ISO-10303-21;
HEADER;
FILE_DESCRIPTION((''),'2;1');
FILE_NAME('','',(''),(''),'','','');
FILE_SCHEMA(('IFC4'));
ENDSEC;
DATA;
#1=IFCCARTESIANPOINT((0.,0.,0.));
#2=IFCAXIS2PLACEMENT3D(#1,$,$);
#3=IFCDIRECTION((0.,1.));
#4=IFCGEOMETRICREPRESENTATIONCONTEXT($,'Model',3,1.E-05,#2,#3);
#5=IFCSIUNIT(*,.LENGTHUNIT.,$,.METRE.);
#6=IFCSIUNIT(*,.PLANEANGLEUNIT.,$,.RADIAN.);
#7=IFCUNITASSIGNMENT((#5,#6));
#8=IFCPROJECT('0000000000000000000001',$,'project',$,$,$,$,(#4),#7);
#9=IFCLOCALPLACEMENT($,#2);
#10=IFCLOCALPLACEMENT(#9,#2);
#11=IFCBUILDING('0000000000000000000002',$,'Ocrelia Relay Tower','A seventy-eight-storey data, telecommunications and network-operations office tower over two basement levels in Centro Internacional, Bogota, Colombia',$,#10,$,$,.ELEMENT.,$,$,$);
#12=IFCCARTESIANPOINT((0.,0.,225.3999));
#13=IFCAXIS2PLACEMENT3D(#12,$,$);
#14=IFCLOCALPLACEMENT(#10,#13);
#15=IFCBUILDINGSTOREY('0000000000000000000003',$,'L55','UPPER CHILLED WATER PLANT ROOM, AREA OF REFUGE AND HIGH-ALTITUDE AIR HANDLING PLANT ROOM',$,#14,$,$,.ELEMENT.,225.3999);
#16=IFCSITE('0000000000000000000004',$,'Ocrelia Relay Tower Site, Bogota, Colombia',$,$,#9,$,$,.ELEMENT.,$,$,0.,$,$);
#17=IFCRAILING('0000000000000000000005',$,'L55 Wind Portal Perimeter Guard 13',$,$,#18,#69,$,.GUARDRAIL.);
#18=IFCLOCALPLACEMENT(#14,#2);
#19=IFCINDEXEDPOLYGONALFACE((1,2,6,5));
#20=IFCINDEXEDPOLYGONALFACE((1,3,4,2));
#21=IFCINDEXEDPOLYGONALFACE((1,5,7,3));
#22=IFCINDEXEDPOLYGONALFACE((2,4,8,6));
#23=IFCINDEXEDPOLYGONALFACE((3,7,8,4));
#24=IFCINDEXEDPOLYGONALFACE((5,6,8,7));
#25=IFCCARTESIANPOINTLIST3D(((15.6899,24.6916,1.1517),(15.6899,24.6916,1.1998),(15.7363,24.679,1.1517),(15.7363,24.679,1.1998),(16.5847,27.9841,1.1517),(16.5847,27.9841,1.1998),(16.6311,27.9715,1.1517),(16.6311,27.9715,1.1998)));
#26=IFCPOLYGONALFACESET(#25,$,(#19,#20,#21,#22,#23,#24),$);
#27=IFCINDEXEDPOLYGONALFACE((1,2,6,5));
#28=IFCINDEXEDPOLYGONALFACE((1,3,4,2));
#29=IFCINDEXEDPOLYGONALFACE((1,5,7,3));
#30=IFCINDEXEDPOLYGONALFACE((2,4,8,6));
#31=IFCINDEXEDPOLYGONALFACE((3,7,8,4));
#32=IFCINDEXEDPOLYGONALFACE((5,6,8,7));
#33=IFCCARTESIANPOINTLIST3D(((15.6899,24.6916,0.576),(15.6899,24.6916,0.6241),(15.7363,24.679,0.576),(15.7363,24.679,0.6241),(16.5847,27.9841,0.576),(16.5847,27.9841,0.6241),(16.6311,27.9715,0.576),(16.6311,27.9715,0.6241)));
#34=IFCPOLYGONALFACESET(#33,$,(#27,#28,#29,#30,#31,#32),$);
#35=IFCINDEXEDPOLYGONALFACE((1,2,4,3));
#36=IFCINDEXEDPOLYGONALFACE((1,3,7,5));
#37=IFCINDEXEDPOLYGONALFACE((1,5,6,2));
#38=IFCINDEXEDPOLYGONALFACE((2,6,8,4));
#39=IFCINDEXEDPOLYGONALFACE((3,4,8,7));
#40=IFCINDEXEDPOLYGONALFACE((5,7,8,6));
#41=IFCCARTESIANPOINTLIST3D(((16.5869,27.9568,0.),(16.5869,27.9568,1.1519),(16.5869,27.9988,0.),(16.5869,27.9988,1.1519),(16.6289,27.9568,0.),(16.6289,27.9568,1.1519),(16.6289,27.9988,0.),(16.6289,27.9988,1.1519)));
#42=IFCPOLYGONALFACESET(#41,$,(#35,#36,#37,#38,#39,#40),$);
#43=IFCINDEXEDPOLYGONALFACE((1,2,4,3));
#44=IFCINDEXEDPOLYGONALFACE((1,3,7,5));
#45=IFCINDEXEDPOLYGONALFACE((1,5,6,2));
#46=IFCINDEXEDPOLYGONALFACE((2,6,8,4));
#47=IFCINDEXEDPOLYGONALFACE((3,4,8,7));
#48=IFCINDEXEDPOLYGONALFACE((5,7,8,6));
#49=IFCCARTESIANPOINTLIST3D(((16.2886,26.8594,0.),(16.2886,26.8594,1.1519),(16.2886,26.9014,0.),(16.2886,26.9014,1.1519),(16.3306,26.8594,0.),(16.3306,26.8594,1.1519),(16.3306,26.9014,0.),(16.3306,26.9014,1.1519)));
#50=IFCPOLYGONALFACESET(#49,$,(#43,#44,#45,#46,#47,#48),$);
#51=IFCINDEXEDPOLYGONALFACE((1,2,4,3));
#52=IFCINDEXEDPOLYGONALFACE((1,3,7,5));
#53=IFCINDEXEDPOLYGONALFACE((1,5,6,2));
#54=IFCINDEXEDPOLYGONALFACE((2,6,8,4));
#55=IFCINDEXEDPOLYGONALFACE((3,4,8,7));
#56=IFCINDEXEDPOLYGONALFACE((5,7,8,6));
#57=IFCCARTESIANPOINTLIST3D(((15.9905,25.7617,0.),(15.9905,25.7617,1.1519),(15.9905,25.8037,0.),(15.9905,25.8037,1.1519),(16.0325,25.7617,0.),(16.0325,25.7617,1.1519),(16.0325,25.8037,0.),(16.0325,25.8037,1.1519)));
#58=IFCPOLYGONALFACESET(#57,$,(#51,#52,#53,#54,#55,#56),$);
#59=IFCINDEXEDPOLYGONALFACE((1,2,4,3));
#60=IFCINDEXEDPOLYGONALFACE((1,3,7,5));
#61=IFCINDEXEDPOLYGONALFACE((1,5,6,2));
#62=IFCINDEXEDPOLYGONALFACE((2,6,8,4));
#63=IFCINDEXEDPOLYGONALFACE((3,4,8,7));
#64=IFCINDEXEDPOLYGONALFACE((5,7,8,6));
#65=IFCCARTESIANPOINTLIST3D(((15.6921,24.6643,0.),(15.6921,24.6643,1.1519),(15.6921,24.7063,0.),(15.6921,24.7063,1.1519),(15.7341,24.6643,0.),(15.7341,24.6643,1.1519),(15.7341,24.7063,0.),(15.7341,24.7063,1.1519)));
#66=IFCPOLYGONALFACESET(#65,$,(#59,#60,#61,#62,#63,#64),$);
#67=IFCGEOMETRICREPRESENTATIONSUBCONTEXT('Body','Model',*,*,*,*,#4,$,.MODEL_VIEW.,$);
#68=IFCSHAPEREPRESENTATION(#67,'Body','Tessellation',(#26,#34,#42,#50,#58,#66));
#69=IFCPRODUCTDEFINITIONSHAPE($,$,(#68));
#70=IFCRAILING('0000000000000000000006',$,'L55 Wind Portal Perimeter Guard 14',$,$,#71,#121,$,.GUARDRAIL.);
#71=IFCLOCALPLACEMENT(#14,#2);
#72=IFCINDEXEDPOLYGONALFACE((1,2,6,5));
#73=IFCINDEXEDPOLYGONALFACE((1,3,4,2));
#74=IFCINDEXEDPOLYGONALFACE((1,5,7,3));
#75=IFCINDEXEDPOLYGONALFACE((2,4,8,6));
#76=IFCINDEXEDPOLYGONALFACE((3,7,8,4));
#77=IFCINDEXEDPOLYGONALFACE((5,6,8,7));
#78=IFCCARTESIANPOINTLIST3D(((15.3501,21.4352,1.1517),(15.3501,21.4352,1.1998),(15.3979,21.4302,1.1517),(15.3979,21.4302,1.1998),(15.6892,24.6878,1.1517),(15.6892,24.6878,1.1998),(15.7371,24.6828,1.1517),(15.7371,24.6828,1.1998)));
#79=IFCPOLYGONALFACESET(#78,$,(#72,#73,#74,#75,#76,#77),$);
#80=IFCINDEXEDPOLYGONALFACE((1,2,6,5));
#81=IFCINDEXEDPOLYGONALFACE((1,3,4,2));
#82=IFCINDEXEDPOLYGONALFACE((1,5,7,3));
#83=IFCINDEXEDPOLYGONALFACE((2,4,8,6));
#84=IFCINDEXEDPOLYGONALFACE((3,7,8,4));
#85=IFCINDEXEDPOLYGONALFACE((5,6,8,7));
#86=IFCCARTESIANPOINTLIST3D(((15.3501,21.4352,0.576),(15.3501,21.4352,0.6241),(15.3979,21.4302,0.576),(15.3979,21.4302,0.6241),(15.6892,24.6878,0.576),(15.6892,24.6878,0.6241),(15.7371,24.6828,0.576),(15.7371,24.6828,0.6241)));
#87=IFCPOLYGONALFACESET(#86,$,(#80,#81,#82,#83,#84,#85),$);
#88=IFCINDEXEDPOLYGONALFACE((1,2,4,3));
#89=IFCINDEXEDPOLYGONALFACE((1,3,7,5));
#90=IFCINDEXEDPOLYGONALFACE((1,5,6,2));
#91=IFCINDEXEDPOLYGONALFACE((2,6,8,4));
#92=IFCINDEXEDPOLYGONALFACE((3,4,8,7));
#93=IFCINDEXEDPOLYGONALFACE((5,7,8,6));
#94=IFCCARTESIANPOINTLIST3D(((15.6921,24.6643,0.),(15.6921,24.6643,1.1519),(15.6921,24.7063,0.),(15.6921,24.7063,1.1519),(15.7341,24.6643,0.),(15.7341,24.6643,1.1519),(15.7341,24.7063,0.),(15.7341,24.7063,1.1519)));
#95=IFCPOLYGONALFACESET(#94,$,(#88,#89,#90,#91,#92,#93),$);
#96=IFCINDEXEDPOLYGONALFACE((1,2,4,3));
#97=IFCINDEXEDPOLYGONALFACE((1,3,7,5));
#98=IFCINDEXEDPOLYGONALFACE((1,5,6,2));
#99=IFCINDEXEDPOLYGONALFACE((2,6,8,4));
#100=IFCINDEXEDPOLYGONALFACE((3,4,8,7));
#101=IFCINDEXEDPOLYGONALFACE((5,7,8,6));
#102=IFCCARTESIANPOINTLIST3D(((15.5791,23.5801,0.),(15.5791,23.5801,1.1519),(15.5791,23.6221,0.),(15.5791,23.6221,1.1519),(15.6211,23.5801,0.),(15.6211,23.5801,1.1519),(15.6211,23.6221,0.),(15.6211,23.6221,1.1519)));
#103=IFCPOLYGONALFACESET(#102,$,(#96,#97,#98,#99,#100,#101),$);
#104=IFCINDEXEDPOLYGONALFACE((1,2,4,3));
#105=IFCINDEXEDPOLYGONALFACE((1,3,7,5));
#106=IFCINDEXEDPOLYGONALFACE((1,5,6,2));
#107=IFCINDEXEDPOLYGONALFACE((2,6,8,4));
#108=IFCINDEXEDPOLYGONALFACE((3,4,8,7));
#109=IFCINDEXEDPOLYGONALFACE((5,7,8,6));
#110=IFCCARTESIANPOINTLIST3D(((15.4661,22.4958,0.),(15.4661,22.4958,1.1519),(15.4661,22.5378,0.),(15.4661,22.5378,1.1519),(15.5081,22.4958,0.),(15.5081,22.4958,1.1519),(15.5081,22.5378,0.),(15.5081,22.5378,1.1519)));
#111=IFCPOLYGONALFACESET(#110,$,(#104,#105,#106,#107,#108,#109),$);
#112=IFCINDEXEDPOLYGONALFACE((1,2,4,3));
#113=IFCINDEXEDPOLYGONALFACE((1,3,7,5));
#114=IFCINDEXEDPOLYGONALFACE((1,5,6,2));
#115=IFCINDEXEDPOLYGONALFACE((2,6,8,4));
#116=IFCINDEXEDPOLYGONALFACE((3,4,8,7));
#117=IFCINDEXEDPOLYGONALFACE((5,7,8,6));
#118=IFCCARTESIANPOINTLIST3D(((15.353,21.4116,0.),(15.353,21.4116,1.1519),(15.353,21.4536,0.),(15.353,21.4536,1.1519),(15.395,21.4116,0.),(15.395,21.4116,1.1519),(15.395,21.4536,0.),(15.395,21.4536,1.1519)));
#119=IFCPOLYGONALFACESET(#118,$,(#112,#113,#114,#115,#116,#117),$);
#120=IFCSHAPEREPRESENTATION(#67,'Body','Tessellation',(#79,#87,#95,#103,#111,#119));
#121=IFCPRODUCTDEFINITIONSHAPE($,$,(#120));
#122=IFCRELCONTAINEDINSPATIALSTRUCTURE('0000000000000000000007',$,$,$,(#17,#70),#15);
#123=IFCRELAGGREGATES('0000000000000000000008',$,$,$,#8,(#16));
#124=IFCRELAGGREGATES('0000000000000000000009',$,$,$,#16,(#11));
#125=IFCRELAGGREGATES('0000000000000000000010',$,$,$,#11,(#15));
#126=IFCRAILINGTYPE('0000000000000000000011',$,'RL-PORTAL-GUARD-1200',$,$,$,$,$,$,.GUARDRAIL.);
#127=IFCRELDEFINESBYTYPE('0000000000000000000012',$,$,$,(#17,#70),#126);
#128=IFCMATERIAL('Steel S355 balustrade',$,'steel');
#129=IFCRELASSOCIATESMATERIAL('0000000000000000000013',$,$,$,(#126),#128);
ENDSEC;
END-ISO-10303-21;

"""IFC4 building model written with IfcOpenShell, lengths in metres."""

from ifc_helpers import new_model, si_unit, direction, frame, origin, origin_2d, place, context, subcontext, project, spatial, rectangle, extrude, material, type_object, element, save


model = new_model("IFC4")

# Units and contexts
model_context = context("Model", 3, precision=1e-05, world=origin(), true_north=direction((0.0, 1.0)))
body_context = subcontext(model_context, "Body", "Model", "MODEL_VIEW")
ifc_project = project(units=[si_unit("LENGTHUNIT", "METRE"), si_unit("PLANEANGLEUNIT", "RADIAN")], contexts=[model_context])

# Site, building, storey
site_placement = place(None, origin())
site = spatial("IfcSite", under=ifc_project, at=site_placement, Name="Ocrelia Relay Tower Site, Bogota, Colombia", CompositionType="ELEMENT", RefElevation=0.0)
building_placement = place(site_placement, origin())
building = spatial("IfcBuilding", under=site, at=building_placement, Name="Ocrelia Relay Tower", Description="A seventy-eight-storey data, telecommunications and network-operations office tower over two basement levels in Centro Internacional, Bogota, Colombia", CompositionType="ELEMENT")
storey_placement = place(building_placement, frame((0.0, 0.0, 225.3999)))
storey = spatial("IfcBuildingStorey", under=building, at=storey_placement, Name="L55", Description="UPPER CHILLED WATER PLANT ROOM, AREA OF REFUGE AND HIGH-ALTITUDE AIR HANDLING PLANT ROOM", CompositionType="ELEMENT", Elevation=225.3999)

# Railings
ifc_material_1 = material(Name="Steel S355 balustrade", Category="steel")
railing_type = type_object("IfcRailingType", Name="RL-PORTAL-GUARD-1200", PredefinedType="GUARDRAIL", material=ifc_material_1)
railing_1_placement = place(storey_placement, frame((16.6079, 27.9778, 0.0)))
element("IfcRailing", 1, at=railing_1_placement, inside=storey, type_object=railing_type, Name="L55 Wind Portal Perimeter Guard 13", PredefinedType="GUARDRAIL", context=body_context, shape_type="SweptSolid", body=[
    extrude(rectangle(XDim=0.0481, YDim=0.0481, at=origin_2d()), frame((0.0, 0.0, 1.1758), z_axis=(-0.262251, -0.965, 0.0), x_axis=(0.965, -0.262251, 0.0)), (0.0, 0.0, 1.0), 3.4119),
    extrude(rectangle(XDim=0.0481, YDim=0.0481, at=origin_2d()), frame((0.0, 0.0, 0.6001), z_axis=(-0.262251, -0.965, 0.0), x_axis=(0.965, -0.262251, 0.0)), (0.0, 0.0, 1.0), 3.4119),
    extrude(rectangle(XDim=0.042, YDim=0.042, at=origin_2d()), origin(), (0.0, 0.0, 1.0), 1.1519),
    extrude(rectangle(XDim=0.042, YDim=0.042, at=origin_2d()), frame((-0.2983, -1.0974, 0.0)), (0.0, 0.0, 1.0), 1.1519),
    extrude(rectangle(XDim=0.042, YDim=0.042, at=origin_2d()), frame((-0.5964, -2.1951, 0.0)), (0.0, 0.0, 1.0), 1.1519),
    extrude(rectangle(XDim=0.042, YDim=0.042, at=origin_2d()), frame((-0.8948, -3.2925, 0.0)), (0.0, 0.0, 1.0), 1.1519),
])
railing_2_placement = place(storey_placement, frame((15.7131, 24.6853, 0.0)))
element("IfcRailing", 2, at=railing_2_placement, inside=storey, type_object=railing_type, Name="L55 Wind Portal Perimeter Guard 14", PredefinedType="GUARDRAIL", context=body_context, shape_type="SweptSolid", body=[
    extrude(rectangle(XDim=0.0481, YDim=0.0481, at=origin_2d()), frame((0.0, 0.0, 1.1758), z_axis=(-0.103694, -0.994609, 0.0), x_axis=(0.994609, -0.103694, 0.0)), (0.0, 0.0, 1.0), 3.2703),
    extrude(rectangle(XDim=0.0481, YDim=0.0481, at=origin_2d()), frame((0.0, 0.0, 0.6001), z_axis=(-0.103694, -0.994609, 0.0), x_axis=(0.994609, -0.103694, 0.0)), (0.0, 0.0, 1.0), 3.2703),
    extrude(rectangle(XDim=0.042, YDim=0.042, at=origin_2d()), origin(), (0.0, 0.0, 1.0), 1.1519),
    extrude(rectangle(XDim=0.042, YDim=0.042, at=origin_2d()), frame((-0.113, -1.0842, 0.0)), (0.0, 0.0, 1.0), 1.1519),
    extrude(rectangle(XDim=0.042, YDim=0.042, at=origin_2d()), frame((-0.2261, -2.1685, 0.0)), (0.0, 0.0, 1.0), 1.1519),
    extrude(rectangle(XDim=0.042, YDim=0.042, at=origin_2d()), frame((-0.3391, -3.2527, 0.0)), (0.0, 0.0, 1.0), 1.1519),
])

save(model, "model.ifc")
